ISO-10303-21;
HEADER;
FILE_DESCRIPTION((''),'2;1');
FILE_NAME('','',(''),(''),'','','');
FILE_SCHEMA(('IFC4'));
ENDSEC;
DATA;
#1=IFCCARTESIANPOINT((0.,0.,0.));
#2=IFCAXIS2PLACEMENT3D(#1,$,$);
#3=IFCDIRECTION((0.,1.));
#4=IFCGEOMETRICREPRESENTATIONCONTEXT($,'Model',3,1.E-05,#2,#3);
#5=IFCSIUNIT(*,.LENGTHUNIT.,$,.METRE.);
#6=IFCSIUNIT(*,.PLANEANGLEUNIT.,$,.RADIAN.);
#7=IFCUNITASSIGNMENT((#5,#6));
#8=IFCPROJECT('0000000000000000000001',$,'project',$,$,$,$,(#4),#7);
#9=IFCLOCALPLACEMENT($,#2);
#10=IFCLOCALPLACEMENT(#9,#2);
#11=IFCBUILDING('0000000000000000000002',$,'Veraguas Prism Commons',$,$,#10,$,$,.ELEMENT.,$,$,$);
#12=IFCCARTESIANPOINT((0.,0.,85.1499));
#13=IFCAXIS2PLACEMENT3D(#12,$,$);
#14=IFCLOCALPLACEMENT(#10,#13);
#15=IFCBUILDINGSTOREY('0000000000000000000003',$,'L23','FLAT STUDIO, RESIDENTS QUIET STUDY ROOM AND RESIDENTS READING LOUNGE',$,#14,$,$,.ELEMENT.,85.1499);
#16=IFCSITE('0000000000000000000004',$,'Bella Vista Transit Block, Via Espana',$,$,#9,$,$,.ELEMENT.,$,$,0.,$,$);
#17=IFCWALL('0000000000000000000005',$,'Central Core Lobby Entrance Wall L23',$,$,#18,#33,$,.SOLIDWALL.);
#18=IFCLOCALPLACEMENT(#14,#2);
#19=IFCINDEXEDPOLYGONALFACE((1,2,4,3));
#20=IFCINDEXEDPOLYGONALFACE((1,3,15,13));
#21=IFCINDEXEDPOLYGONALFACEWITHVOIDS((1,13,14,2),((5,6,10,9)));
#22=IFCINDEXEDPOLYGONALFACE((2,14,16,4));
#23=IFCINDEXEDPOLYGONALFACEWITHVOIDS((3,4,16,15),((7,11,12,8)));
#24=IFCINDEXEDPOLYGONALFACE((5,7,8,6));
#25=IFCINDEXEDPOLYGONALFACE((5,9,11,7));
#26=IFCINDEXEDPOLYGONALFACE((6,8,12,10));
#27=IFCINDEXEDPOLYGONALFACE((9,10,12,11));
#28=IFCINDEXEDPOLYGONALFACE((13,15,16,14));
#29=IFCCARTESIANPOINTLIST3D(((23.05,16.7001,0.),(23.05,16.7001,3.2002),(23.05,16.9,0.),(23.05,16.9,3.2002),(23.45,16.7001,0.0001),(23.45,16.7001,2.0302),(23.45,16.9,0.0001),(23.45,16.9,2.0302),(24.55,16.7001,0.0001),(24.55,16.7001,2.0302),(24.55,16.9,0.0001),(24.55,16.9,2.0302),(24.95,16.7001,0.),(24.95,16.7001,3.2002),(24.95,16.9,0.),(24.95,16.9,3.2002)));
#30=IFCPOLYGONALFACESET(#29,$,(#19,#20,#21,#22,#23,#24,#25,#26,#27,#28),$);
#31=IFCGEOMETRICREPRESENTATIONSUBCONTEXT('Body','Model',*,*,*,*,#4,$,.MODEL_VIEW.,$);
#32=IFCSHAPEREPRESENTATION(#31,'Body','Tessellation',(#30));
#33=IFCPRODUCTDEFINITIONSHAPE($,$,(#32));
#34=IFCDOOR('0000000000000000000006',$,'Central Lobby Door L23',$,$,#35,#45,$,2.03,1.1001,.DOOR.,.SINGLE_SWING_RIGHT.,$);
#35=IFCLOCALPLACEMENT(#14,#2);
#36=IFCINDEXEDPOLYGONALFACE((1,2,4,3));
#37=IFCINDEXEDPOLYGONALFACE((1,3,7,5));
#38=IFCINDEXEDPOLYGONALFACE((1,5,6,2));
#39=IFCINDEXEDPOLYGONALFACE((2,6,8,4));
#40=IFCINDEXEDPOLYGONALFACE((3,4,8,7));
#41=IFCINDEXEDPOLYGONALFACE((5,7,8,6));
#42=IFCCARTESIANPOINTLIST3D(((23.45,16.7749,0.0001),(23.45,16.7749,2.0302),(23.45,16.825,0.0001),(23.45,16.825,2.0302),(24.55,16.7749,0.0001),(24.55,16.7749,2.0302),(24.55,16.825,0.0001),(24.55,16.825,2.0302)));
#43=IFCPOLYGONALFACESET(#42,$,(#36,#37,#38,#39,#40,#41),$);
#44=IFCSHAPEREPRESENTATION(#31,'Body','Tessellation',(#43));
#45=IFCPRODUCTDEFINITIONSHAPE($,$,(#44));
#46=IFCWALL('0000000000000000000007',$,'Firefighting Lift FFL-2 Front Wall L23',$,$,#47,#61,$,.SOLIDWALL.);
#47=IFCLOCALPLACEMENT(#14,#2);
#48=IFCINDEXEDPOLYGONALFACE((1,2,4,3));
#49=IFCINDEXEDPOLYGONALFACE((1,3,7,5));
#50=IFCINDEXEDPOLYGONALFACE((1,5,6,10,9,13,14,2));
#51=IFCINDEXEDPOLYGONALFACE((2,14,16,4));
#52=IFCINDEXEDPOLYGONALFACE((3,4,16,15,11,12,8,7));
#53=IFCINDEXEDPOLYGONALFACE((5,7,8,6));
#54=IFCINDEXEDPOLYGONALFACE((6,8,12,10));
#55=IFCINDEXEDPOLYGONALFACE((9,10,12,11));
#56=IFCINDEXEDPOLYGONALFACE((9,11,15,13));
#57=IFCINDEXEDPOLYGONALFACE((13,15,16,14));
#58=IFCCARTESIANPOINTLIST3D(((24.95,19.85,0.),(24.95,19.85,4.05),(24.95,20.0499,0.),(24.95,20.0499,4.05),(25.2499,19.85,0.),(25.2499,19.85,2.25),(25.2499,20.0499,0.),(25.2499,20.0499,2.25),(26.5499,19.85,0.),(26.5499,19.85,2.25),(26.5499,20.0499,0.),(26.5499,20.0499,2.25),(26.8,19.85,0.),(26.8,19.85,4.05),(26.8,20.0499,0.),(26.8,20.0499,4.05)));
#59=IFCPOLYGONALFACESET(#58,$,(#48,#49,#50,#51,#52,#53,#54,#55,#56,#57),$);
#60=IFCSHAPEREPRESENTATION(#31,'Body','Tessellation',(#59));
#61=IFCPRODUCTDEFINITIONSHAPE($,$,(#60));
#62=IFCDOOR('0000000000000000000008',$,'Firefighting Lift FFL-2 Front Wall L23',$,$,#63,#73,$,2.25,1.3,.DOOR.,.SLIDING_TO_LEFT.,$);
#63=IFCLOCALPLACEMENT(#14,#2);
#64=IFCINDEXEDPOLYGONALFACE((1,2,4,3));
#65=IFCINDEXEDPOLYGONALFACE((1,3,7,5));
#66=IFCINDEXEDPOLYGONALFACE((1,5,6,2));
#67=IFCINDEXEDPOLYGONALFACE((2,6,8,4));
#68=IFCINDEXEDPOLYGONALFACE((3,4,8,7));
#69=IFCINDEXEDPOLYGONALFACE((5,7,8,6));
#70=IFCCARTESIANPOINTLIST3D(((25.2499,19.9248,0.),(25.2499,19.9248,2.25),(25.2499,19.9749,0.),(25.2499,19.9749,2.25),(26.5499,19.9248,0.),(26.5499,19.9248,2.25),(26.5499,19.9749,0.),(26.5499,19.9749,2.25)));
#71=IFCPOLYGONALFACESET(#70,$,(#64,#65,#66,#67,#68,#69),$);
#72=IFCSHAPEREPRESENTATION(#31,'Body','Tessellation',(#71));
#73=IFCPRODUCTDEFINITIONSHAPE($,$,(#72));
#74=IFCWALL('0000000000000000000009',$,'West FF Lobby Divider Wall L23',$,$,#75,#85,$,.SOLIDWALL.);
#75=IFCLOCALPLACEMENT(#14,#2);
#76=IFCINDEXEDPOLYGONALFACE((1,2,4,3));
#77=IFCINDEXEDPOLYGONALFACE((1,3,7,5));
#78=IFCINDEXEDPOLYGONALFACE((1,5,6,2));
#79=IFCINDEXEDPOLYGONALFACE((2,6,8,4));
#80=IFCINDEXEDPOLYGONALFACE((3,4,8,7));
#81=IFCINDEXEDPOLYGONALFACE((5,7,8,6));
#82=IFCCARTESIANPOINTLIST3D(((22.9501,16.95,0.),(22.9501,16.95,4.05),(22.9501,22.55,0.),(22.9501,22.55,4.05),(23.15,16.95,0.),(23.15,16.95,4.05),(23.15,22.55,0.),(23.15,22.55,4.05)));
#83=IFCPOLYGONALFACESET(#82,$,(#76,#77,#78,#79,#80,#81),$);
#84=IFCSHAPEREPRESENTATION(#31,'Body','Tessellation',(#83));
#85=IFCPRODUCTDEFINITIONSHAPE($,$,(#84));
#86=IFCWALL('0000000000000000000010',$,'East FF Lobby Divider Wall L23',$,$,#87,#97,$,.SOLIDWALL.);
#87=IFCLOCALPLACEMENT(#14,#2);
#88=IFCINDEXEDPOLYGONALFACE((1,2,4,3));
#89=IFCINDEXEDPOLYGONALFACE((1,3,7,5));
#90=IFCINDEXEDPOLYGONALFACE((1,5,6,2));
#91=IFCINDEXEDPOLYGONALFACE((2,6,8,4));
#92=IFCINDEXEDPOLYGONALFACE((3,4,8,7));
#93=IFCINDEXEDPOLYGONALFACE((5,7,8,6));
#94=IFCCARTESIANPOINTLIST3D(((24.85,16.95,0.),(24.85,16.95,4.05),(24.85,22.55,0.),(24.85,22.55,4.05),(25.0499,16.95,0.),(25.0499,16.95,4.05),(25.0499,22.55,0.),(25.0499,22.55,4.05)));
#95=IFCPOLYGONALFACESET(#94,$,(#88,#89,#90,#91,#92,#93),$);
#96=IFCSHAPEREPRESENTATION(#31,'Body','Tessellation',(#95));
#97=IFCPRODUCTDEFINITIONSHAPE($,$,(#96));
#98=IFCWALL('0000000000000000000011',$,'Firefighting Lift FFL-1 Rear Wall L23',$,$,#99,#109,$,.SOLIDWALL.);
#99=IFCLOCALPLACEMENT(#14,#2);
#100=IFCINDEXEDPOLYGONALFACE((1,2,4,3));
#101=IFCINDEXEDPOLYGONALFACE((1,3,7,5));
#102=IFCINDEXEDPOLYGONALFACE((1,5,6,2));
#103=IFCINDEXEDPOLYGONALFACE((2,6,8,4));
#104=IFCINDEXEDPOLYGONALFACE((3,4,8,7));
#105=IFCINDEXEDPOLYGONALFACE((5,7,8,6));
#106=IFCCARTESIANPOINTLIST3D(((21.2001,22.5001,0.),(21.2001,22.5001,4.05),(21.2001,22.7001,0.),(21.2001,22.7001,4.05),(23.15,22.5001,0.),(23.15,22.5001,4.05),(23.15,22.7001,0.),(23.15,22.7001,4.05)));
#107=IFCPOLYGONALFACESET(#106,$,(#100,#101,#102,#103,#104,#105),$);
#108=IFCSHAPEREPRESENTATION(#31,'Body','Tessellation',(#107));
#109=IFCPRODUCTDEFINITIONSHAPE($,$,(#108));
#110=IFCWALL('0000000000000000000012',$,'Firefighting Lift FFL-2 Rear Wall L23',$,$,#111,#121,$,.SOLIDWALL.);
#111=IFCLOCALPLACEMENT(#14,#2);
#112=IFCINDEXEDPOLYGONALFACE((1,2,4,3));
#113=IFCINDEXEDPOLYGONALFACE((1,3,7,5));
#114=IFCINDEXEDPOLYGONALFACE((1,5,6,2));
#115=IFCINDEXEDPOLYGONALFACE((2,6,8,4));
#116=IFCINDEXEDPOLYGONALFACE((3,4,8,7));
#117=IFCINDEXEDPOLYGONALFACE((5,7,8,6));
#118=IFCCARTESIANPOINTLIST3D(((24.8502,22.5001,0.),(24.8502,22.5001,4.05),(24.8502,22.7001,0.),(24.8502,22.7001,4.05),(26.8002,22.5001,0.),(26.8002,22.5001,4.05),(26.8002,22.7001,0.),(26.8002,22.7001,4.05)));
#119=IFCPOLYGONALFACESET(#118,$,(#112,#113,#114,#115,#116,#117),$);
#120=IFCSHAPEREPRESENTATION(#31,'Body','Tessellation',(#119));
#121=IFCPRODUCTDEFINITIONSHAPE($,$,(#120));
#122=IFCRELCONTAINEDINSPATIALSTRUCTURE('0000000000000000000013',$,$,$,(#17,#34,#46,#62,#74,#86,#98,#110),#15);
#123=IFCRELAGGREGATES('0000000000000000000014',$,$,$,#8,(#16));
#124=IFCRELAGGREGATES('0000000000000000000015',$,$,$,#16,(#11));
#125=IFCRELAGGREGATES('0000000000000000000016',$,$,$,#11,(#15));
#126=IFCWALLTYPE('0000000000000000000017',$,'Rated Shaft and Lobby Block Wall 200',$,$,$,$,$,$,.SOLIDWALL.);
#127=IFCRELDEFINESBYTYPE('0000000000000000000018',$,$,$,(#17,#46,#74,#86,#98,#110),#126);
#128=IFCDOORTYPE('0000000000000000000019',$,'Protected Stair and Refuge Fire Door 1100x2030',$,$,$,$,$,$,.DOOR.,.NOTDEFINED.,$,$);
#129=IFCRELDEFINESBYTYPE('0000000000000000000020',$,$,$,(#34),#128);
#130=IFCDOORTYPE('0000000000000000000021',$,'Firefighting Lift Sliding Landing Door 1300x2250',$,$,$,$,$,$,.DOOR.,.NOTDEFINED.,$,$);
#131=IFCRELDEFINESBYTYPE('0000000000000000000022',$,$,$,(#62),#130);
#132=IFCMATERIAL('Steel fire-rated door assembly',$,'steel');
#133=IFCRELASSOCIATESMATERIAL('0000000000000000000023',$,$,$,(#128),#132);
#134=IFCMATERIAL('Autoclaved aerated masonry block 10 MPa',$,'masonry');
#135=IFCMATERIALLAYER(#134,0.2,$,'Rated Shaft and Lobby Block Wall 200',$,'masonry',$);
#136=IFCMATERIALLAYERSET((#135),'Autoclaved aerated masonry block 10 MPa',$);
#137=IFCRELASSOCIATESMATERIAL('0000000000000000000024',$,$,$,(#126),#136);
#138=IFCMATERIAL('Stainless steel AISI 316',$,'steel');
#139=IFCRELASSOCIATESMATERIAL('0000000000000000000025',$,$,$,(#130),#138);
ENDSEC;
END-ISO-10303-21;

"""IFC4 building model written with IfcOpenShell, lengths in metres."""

from ifc_helpers import new_model, si_unit, direction, frame, frame_2d, origin, place, context, subcontext, project, spatial, rectangle, extrude, source, transform, mapped, material, layer, layer_set, type_object, element, fill, save


model = new_model("IFC4")

# Units and contexts
model_context = context("Model", 3, precision=1e-05, world=origin(), true_north=direction((0.0, 1.0)))
body_context = subcontext(model_context, "Body", "Model", "MODEL_VIEW")
ifc_project = project(units=[si_unit("LENGTHUNIT", "METRE"), si_unit("PLANEANGLEUNIT", "RADIAN")], contexts=[model_context])

# Site, building, storey
site_placement = place(None, origin())
site = spatial("IfcSite", under=ifc_project, at=site_placement, Name="Bella Vista Transit Block, Via Espana", CompositionType="ELEMENT", RefElevation=0.0)
building_placement = place(site_placement, origin())
building = spatial("IfcBuilding", under=site, at=building_placement, Name="Veraguas Prism Commons", CompositionType="ELEMENT")
storey_placement = place(building_placement, frame((0.0, 0.0, 85.1499)))
storey = spatial("IfcBuildingStorey", under=building, at=storey_placement, Name="L23", Description="FLAT STUDIO, RESIDENTS QUIET STUDY ROOM AND RESIDENTS READING LOUNGE", CompositionType="ELEMENT", Elevation=85.1499)

# Shared definitions
ifc_material_1 = material(Name="Steel fire-rated door assembly", Category="steel")
door_type_1 = type_object("IfcDoorType", Name="Protected Stair and Refuge Fire Door 1100x2030", OperationType="NOTDEFINED", PredefinedType="DOOR", material=ifc_material_1)
shared_shape_1 = source(origin(), body_context, "Body", "SweptSolid", [
    extrude(rectangle(XDim=1.1001, YDim=2.03, at=frame_2d((0.55, 1.0151))), frame((0.0, 0.0249, 0.0), z_axis=(0.0, -1.0, 0.0), x_axis=(1.0, 0.0, 0.0)), (0.0, 0.0, 1.0), 0.05),
])

# Shared definitions
ifc_material_2 = material(Name="Autoclaved aerated masonry block 10 MPa", Category="masonry")

# Walls, openings, doors
ifc_layer_1 = layer(ifc_material_2, 0.2, Name="Rated Shaft and Lobby Block Wall 200", Category="masonry")
ifc_layer_set_1 = layer_set([ifc_layer_1], Name="Autoclaved aerated masonry block 10 MPa")
wall_type_1 = type_object("IfcWallType", Name="Rated Shaft and Lobby Block Wall 200", PredefinedType="SOLIDWALL", material=ifc_layer_set_1)
wall_1_placement = place(storey_placement, frame((23.05, 16.8, 0.0), z_axis=(0.0, 0.0, 1.0), x_axis=(1.0, 0.0, 0.0)))
wall_1 = element("IfcWall", 1, at=wall_1_placement, inside=storey, type_object=wall_type_1, Name="Central Core Lobby Entrance Wall L23", PredefinedType="SOLIDWALL", context=body_context, shape_type="SweptSolid", body=[
    extrude(rectangle(XDim=1.8999, YDim=0.2, at=frame_2d((0.95, 0.0))), origin(), (0.0, 0.0, 1.0), 3.2002),
])
opening_1_placement = place(wall_1_placement, frame((0.3999, 0.0, 0.0)))
opening_1 = element("IfcOpeningElement", 2, at=opening_1_placement, cuts=wall_1, PredefinedType="OPENING", context=body_context, shape_type="SweptSolid", body=[
    extrude(rectangle(XDim=1.1001, YDim=2.03, at=frame_2d((0.55, 1.0151))), frame((0.0, 0.1099, 0.0), z_axis=(0.0, -1.0, 0.0), x_axis=(1.0, 0.0, 0.0)), (0.0, 0.0, 1.0), 0.22),
])
door_1_placement = place(opening_1_placement, origin())
door_1 = element("IfcDoor", 3, at=door_1_placement, inside=storey, type_object=door_type_1, Name="Central Lobby Door L23", OperationType="SINGLE_SWING_RIGHT", OverallHeight=2.03, OverallWidth=1.1001, PredefinedType="DOOR", context=body_context, shape_type="MappedRepresentation", body=[
    mapped(shared_shape_1, transform((0.0, 0.0, 0.0), scale=1.0)),
])
fill(opening_1, door_1)
wall_2_placement = place(storey_placement, frame((24.95, 19.95, 0.0), z_axis=(0.0, 0.0, 1.0), x_axis=(1.0, 0.0, 0.0)))
wall_2 = element("IfcWall", 4, at=wall_2_placement, inside=storey, type_object=wall_type_1, Name="Firefighting Lift FFL-2 Front Wall L23", PredefinedType="SOLIDWALL", context=body_context, shape_type="SweptSolid", body=[
    extrude(rectangle(XDim=1.8501, YDim=0.2, at=frame_2d((0.925, 0.0))), origin(), (0.0, 0.0, 1.0), 4.05),
])
opening_2_placement = place(wall_2_placement, frame((0.3, 0.0, 0.0)))
opening_2 = element("IfcOpeningElement", 5, at=opening_2_placement, cuts=wall_2, PredefinedType="OPENING", context=body_context, shape_type="SweptSolid", body=[
    extrude(rectangle(XDim=1.3, YDim=2.25, at=frame_2d((0.6499, 1.125))), frame((0.0, 0.1099, 0.0), z_axis=(0.0, -1.0, 0.0), x_axis=(1.0, 0.0, 0.0)), (0.0, 0.0, 1.0), 0.22),
])
ifc_material_3 = material(Name="Stainless steel AISI 316", Category="steel")
door_type_2 = type_object("IfcDoorType", Name="Firefighting Lift Sliding Landing Door 1300x2250", OperationType="NOTDEFINED", PredefinedType="DOOR", material=ifc_material_3)
shared_shape_2 = source(origin(), body_context, "Body", "SweptSolid", [
    extrude(rectangle(XDim=1.3, YDim=2.25, at=frame_2d((0.6499, 1.125))), frame((0.0, 0.0249, 0.0), z_axis=(0.0, -1.0, 0.0), x_axis=(1.0, 0.0, 0.0)), (0.0, 0.0, 1.0), 0.05),
])
door_2_placement = place(opening_2_placement, origin())
door_2 = element("IfcDoor", 6, at=door_2_placement, inside=storey, type_object=door_type_2, Name="Firefighting Lift FFL-2 Front Wall L23", OperationType="SLIDING_TO_LEFT", OverallHeight=2.25, OverallWidth=1.3, PredefinedType="DOOR", context=body_context, shape_type="MappedRepresentation", body=[
    mapped(shared_shape_2, transform((0.0, 0.0, 0.0), scale=1.0)),
])
fill(opening_2, door_2)

# Walls
for number, where, z_axis, x_axis, name in (
    (7, (23.05, 16.95, 0.0), (0.0, 0.0, 1.0), (0.0, 1.0, 0.0), "West FF Lobby Divider Wall L23"),
    (8, (24.95, 16.95, 0.0), (0.0, 0.0, 1.0), (0.0, 1.0, 0.0), "East FF Lobby Divider Wall L23"),
):
    element("IfcWall", number, at=place(storey_placement, frame(where, z_axis=z_axis, x_axis=x_axis)), inside=storey, type_object=wall_type_1, Name=name, PredefinedType="SOLIDWALL", context=body_context, shape_type="SweptSolid", body=[
        extrude(rectangle(XDim=5.6001, YDim=0.2, at=frame_2d((2.8, 0.0))), origin(), (0.0, 0.0, 1.0), 4.05),
    ])
for number, where, z_axis, x_axis, name in (
    (9, (21.2, 22.6001, 0.0), (0.0, 0.0, 1.0), (1.0, 0.0, 0.0), "Firefighting Lift FFL-1 Rear Wall L23"),
    (10, (24.8501, 22.6001, 0.0), (0.0, 0.0, 1.0), (1.0, 0.0, 0.0), "Firefighting Lift FFL-2 Rear Wall L23"),
):
    element("IfcWall", number, at=place(storey_placement, frame(where, z_axis=z_axis, x_axis=x_axis)), inside=storey, type_object=wall_type_1, Name=name, PredefinedType="SOLIDWALL", context=body_context, shape_type="SweptSolid", body=[
        extrude(rectangle(XDim=1.95, YDim=0.2, at=frame_2d((0.9751, 0.0))), origin(), (0.0, 0.0, 1.0), 4.05),
    ])

save(model, "model.ifc")
